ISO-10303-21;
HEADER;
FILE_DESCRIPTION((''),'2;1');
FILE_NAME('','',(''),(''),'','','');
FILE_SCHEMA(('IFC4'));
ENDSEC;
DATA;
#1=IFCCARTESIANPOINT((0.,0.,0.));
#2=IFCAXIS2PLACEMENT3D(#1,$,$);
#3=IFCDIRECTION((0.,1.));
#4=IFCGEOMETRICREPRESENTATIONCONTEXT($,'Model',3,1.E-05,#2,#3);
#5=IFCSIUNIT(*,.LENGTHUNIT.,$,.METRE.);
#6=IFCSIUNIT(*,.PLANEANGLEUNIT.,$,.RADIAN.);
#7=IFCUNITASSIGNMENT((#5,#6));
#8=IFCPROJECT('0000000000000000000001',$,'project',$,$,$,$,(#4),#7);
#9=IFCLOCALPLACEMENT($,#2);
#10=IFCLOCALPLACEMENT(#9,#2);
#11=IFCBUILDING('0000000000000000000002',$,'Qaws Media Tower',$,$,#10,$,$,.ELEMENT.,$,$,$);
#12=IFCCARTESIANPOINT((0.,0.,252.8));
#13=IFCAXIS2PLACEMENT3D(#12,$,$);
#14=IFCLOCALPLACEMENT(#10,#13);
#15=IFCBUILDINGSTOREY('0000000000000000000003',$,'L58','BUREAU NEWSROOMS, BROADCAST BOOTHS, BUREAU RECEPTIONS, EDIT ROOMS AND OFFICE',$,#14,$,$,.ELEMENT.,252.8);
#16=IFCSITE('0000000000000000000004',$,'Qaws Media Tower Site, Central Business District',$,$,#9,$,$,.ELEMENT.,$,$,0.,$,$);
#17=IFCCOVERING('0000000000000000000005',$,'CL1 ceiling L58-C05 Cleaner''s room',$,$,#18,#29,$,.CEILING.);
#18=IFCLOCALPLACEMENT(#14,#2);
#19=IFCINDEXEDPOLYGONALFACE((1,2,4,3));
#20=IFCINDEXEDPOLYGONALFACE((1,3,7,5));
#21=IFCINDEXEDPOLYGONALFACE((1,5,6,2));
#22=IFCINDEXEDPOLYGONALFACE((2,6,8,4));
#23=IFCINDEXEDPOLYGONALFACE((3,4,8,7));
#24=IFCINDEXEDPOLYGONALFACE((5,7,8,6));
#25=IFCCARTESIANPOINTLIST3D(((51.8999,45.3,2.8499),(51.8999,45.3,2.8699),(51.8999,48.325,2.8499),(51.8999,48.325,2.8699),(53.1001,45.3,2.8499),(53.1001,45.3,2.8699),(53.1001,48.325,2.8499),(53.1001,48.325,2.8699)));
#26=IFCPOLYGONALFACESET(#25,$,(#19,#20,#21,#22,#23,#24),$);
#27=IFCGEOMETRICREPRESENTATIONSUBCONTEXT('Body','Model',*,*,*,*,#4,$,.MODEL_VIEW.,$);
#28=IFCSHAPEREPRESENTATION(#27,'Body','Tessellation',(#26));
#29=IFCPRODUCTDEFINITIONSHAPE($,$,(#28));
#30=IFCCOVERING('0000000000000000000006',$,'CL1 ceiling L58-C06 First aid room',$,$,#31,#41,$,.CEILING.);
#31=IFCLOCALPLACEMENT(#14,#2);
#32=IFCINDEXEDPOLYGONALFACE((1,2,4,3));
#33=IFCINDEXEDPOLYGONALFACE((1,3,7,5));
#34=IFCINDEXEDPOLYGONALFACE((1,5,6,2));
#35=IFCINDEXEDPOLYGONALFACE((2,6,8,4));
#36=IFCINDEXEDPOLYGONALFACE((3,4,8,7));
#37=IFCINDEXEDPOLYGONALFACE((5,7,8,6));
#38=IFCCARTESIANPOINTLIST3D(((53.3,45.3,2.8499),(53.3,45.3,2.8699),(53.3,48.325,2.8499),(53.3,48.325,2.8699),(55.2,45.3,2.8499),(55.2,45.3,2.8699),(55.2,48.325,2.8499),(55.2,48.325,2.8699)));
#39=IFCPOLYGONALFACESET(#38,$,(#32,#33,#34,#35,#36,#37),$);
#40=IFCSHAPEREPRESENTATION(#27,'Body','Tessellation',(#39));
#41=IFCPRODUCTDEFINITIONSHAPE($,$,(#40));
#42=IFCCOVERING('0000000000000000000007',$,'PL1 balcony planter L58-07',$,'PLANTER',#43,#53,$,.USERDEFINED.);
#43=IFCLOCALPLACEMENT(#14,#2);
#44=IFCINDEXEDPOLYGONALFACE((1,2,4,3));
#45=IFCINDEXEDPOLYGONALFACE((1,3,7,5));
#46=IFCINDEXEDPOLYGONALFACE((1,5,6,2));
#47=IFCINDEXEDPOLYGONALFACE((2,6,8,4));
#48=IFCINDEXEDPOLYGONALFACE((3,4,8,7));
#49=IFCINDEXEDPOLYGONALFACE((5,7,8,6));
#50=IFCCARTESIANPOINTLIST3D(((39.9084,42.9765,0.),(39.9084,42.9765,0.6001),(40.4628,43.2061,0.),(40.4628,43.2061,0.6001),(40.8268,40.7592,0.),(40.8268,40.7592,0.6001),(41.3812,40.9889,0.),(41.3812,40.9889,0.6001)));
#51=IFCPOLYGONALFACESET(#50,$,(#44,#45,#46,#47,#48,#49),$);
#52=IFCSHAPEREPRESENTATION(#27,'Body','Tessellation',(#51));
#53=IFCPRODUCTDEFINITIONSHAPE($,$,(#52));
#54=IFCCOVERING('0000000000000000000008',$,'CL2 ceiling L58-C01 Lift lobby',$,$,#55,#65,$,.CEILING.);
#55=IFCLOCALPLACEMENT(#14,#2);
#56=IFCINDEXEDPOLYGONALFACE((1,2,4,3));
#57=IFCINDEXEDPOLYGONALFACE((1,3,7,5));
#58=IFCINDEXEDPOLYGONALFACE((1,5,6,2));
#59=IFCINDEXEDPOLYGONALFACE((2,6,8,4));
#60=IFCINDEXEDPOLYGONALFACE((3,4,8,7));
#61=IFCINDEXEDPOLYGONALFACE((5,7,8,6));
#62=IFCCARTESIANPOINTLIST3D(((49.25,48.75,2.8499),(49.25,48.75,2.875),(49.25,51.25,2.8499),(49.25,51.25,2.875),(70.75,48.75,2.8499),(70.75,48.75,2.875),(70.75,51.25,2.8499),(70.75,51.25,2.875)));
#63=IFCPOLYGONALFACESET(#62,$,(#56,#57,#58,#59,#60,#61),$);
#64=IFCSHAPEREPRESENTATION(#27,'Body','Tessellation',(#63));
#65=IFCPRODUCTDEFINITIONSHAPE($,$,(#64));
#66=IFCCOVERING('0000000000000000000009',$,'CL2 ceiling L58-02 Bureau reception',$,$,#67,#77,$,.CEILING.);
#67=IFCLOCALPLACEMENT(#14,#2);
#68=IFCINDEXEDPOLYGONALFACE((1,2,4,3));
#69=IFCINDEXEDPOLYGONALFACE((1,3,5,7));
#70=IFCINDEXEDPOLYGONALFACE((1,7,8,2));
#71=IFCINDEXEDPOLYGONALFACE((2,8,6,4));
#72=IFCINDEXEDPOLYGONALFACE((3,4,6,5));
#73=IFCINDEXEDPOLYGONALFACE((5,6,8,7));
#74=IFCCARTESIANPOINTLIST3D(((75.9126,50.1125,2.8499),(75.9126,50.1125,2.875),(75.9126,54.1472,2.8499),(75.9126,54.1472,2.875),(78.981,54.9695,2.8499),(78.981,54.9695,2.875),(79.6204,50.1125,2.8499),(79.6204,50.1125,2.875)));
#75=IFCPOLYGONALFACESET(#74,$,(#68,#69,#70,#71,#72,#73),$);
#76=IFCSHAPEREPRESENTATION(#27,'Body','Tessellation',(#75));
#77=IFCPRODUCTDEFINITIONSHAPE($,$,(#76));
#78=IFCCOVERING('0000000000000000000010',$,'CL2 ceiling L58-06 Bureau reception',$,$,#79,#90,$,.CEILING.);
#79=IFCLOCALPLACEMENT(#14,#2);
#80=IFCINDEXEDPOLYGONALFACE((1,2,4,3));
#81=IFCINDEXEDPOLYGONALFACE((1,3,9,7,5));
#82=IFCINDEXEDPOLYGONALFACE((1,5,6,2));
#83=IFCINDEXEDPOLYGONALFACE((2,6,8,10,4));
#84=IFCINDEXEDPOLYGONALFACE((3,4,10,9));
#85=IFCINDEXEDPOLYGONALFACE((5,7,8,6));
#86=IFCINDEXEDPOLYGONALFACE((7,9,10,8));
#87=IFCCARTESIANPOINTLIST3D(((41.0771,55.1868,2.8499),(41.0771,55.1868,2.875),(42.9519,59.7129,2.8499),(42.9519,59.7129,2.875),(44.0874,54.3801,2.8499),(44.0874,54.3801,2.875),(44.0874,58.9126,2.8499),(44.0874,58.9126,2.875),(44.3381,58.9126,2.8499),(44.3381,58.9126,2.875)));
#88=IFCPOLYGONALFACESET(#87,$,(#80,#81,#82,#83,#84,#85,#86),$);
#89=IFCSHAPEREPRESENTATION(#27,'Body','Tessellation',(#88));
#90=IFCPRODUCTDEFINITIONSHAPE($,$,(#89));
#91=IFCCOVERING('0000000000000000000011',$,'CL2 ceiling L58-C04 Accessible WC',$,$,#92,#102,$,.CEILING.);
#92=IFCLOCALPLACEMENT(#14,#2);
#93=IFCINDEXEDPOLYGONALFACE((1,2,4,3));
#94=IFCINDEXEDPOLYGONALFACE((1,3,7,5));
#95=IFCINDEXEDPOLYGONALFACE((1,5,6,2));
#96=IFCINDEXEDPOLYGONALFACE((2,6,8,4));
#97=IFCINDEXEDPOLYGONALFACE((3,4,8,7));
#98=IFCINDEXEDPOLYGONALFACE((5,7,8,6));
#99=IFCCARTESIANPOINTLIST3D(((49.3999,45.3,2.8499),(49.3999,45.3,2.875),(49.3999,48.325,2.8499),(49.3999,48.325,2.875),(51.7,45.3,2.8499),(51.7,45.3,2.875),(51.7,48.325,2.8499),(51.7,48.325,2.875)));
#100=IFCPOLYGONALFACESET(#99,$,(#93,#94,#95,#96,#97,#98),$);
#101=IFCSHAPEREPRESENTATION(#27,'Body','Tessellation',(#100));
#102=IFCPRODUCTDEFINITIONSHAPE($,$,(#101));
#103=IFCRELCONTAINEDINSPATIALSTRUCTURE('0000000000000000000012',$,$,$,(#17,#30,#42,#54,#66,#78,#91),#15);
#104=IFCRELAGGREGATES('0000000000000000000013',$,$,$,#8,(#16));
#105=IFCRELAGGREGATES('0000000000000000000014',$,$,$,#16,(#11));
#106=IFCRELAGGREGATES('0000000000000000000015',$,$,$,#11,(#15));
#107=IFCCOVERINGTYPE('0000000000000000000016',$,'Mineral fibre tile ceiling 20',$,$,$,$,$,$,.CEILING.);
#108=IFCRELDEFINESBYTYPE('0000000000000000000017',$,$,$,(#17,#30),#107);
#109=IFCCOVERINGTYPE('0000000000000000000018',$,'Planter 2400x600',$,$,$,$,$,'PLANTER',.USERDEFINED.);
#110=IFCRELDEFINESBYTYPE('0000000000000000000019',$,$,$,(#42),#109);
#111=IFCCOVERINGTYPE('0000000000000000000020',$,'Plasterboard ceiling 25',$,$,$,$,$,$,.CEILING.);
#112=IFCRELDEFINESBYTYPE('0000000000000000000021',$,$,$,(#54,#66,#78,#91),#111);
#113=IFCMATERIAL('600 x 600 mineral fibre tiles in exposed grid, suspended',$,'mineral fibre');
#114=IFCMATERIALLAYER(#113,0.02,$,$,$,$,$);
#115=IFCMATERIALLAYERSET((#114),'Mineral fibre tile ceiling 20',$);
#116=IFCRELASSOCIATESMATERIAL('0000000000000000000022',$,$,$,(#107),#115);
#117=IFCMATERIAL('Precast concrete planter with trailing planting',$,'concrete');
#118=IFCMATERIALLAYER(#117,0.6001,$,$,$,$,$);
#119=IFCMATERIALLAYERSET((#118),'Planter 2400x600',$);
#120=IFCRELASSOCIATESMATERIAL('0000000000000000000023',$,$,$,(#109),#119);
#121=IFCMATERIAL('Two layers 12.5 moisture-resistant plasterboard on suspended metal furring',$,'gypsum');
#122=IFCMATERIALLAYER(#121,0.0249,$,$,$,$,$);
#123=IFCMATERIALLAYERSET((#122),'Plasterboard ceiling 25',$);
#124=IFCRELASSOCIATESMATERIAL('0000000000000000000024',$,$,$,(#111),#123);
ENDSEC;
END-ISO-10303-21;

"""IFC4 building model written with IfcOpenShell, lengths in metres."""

from ifc_helpers import new_model, si_unit, direction, frame, origin, origin_2d, place, context, subcontext, project, spatial, polyline, rectangle, outline, extrude, material, layer, layer_set, type_object, element, save


model = new_model("IFC4")

# Units and contexts
model_context = context("Model", 3, precision=1e-05, world=origin(), true_north=direction((0.0, 1.0)))
body_context = subcontext(model_context, "Body", "Model", "MODEL_VIEW")
ifc_project = project(units=[si_unit("LENGTHUNIT", "METRE"), si_unit("PLANEANGLEUNIT", "RADIAN")], contexts=[model_context])

# Site, building, storey
site_placement = place(None, origin())
site = spatial("IfcSite", under=ifc_project, at=site_placement, Name="Qaws Media Tower Site, Central Business District", CompositionType="ELEMENT", RefElevation=0.0)
building_placement = place(site_placement, origin())
building = spatial("IfcBuilding", under=site, at=building_placement, Name="Qaws Media Tower", CompositionType="ELEMENT")
storey_placement = place(building_placement, frame((0.0, 0.0, 252.8)))
storey = spatial("IfcBuildingStorey", under=building, at=storey_placement, Name="L58", Description="BUREAU NEWSROOMS, BROADCAST BOOTHS, BUREAU RECEPTIONS, EDIT ROOMS AND OFFICE", CompositionType="ELEMENT", Elevation=252.8)

# Coverings
ifc_material_1 = material(Name="600 x 600 mineral fibre tiles in exposed grid, suspended", Category="mineral fibre")
ifc_layer_1 = layer(ifc_material_1, 0.02)
ifc_layer_set_1 = layer_set([ifc_layer_1], Name="Mineral fibre tile ceiling 20")
covering_type_1 = type_object("IfcCoveringType", Name="Mineral fibre tile ceiling 20", PredefinedType="CEILING", material=ifc_layer_set_1)
covering_1_placement = place(storey_placement, frame((0.0, 0.0, 2.8499)))
element("IfcCovering", 1, at=covering_1_placement, inside=storey, type_object=covering_type_1, Name="CL1 ceiling L58-C05 Cleaner's room", PredefinedType="CEILING", context=body_context, shape_type="SweptSolid", body=[
    extrude(outline(polyline([(51.8999, 45.3), (51.8999, 48.325), (53.1001, 48.325), (53.1001, 45.3), (51.8999, 45.3)])), origin(), (0.0, 0.0, 1.0), 0.02),
])
covering_2_placement = place(storey_placement, frame((0.0, 0.0, 2.8499)))
element("IfcCovering", 2, at=covering_2_placement, inside=storey, type_object=covering_type_1, Name="CL1 ceiling L58-C06 First aid room", PredefinedType="CEILING", context=body_context, shape_type="SweptSolid", body=[
    extrude(outline(polyline([(53.3, 45.3), (53.3, 48.325), (55.2, 48.325), (55.2, 45.3), (53.3, 45.3)])), origin(), (0.0, 0.0, 1.0), 0.02),
])
ifc_material_2 = material(Name="Precast concrete planter with trailing planting", Category="concrete")
ifc_layer_2 = layer(ifc_material_2, 0.6001)
ifc_layer_set_2 = layer_set([ifc_layer_2], Name="Planter 2400x600")
covering_type_2 = type_object("IfcCoveringType", Name="Planter 2400x600", ElementType="PLANTER", PredefinedType="USERDEFINED", material=ifc_layer_set_2)
covering_3_placement = place(storey_placement, frame((40.6448, 41.9827, 0.0), z_axis=(0.0, 0.0, 1.0), x_axis=(0.382683, -0.92388, 0.0)))
element("IfcCovering", 3, at=covering_3_placement, inside=storey, type_object=covering_type_2, Name="PL1 balcony planter L58-07", ObjectType="PLANTER", PredefinedType="USERDEFINED", context=body_context, shape_type="SweptSolid", body=[
    extrude(rectangle(XDim=2.3999, YDim=0.6001, at=origin_2d()), origin(), (0.0, 0.0, 1.0), 0.6001),
])
ifc_material_3 = material(Name="Two layers 12.5 moisture-resistant plasterboard on suspended metal furring", Category="gypsum")
ifc_layer_3 = layer(ifc_material_3, 0.0249)
ifc_layer_set_3 = layer_set([ifc_layer_3], Name="Plasterboard ceiling 25")
covering_type_3 = type_object("IfcCoveringType", Name="Plasterboard ceiling 25", PredefinedType="CEILING", material=ifc_layer_set_3)
covering_4_placement = place(storey_placement, frame((0.0, 0.0, 2.8499)))
element("IfcCovering", 4, at=covering_4_placement, inside=storey, type_object=covering_type_3, Name="CL2 ceiling L58-C01 Lift lobby", PredefinedType="CEILING", context=body_context, shape_type="SweptSolid", body=[
    extrude(outline(polyline([(49.25, 48.75), (49.25, 51.25), (70.75, 51.25), (70.75, 48.75), (49.25, 48.75)])), origin(), (0.0, 0.0, 1.0), 0.0251),
])
covering_5_placement = place(storey_placement, frame((0.0, 0.0, 2.8499)))
element("IfcCovering", 5, at=covering_5_placement, inside=storey, type_object=covering_type_3, Name="CL2 ceiling L58-02 Bureau reception", PredefinedType="CEILING", context=body_context, shape_type="SweptSolid", body=[
    extrude(outline(polyline([(79.6204, 50.1125), (75.9126, 50.1125), (75.9126, 54.1472), (78.981, 54.9695), (79.6204, 50.1125)])), origin(), (0.0, 0.0, 1.0), 0.0251),
])
covering_6_placement = place(storey_placement, frame((0.0, 0.0, 2.8499)))
element("IfcCovering", 6, at=covering_6_placement, inside=storey, type_object=covering_type_3, Name="CL2 ceiling L58-06 Bureau reception", PredefinedType="CEILING", context=body_context, shape_type="SweptSolid", body=[
    extrude(outline(polyline([(42.9519, 59.7129), (44.3381, 58.9126), (44.0874, 58.9126), (44.0874, 54.3801), (41.0771, 55.1868), (42.9519, 59.7129)])), origin(), (0.0, 0.0, 1.0), 0.0251),
])
covering_7_placement = place(storey_placement, frame((0.0, 0.0, 2.8499)))
element("IfcCovering", 7, at=covering_7_placement, inside=storey, type_object=covering_type_3, Name="CL2 ceiling L58-C04 Accessible WC", PredefinedType="CEILING", context=body_context, shape_type="SweptSolid", body=[
    extrude(outline(polyline([(49.3999, 45.3), (49.3999, 48.325), (51.7, 48.325), (51.7, 45.3), (49.3999, 45.3)])), origin(), (0.0, 0.0, 1.0), 0.0251),
])

save(model, "model.ifc")
